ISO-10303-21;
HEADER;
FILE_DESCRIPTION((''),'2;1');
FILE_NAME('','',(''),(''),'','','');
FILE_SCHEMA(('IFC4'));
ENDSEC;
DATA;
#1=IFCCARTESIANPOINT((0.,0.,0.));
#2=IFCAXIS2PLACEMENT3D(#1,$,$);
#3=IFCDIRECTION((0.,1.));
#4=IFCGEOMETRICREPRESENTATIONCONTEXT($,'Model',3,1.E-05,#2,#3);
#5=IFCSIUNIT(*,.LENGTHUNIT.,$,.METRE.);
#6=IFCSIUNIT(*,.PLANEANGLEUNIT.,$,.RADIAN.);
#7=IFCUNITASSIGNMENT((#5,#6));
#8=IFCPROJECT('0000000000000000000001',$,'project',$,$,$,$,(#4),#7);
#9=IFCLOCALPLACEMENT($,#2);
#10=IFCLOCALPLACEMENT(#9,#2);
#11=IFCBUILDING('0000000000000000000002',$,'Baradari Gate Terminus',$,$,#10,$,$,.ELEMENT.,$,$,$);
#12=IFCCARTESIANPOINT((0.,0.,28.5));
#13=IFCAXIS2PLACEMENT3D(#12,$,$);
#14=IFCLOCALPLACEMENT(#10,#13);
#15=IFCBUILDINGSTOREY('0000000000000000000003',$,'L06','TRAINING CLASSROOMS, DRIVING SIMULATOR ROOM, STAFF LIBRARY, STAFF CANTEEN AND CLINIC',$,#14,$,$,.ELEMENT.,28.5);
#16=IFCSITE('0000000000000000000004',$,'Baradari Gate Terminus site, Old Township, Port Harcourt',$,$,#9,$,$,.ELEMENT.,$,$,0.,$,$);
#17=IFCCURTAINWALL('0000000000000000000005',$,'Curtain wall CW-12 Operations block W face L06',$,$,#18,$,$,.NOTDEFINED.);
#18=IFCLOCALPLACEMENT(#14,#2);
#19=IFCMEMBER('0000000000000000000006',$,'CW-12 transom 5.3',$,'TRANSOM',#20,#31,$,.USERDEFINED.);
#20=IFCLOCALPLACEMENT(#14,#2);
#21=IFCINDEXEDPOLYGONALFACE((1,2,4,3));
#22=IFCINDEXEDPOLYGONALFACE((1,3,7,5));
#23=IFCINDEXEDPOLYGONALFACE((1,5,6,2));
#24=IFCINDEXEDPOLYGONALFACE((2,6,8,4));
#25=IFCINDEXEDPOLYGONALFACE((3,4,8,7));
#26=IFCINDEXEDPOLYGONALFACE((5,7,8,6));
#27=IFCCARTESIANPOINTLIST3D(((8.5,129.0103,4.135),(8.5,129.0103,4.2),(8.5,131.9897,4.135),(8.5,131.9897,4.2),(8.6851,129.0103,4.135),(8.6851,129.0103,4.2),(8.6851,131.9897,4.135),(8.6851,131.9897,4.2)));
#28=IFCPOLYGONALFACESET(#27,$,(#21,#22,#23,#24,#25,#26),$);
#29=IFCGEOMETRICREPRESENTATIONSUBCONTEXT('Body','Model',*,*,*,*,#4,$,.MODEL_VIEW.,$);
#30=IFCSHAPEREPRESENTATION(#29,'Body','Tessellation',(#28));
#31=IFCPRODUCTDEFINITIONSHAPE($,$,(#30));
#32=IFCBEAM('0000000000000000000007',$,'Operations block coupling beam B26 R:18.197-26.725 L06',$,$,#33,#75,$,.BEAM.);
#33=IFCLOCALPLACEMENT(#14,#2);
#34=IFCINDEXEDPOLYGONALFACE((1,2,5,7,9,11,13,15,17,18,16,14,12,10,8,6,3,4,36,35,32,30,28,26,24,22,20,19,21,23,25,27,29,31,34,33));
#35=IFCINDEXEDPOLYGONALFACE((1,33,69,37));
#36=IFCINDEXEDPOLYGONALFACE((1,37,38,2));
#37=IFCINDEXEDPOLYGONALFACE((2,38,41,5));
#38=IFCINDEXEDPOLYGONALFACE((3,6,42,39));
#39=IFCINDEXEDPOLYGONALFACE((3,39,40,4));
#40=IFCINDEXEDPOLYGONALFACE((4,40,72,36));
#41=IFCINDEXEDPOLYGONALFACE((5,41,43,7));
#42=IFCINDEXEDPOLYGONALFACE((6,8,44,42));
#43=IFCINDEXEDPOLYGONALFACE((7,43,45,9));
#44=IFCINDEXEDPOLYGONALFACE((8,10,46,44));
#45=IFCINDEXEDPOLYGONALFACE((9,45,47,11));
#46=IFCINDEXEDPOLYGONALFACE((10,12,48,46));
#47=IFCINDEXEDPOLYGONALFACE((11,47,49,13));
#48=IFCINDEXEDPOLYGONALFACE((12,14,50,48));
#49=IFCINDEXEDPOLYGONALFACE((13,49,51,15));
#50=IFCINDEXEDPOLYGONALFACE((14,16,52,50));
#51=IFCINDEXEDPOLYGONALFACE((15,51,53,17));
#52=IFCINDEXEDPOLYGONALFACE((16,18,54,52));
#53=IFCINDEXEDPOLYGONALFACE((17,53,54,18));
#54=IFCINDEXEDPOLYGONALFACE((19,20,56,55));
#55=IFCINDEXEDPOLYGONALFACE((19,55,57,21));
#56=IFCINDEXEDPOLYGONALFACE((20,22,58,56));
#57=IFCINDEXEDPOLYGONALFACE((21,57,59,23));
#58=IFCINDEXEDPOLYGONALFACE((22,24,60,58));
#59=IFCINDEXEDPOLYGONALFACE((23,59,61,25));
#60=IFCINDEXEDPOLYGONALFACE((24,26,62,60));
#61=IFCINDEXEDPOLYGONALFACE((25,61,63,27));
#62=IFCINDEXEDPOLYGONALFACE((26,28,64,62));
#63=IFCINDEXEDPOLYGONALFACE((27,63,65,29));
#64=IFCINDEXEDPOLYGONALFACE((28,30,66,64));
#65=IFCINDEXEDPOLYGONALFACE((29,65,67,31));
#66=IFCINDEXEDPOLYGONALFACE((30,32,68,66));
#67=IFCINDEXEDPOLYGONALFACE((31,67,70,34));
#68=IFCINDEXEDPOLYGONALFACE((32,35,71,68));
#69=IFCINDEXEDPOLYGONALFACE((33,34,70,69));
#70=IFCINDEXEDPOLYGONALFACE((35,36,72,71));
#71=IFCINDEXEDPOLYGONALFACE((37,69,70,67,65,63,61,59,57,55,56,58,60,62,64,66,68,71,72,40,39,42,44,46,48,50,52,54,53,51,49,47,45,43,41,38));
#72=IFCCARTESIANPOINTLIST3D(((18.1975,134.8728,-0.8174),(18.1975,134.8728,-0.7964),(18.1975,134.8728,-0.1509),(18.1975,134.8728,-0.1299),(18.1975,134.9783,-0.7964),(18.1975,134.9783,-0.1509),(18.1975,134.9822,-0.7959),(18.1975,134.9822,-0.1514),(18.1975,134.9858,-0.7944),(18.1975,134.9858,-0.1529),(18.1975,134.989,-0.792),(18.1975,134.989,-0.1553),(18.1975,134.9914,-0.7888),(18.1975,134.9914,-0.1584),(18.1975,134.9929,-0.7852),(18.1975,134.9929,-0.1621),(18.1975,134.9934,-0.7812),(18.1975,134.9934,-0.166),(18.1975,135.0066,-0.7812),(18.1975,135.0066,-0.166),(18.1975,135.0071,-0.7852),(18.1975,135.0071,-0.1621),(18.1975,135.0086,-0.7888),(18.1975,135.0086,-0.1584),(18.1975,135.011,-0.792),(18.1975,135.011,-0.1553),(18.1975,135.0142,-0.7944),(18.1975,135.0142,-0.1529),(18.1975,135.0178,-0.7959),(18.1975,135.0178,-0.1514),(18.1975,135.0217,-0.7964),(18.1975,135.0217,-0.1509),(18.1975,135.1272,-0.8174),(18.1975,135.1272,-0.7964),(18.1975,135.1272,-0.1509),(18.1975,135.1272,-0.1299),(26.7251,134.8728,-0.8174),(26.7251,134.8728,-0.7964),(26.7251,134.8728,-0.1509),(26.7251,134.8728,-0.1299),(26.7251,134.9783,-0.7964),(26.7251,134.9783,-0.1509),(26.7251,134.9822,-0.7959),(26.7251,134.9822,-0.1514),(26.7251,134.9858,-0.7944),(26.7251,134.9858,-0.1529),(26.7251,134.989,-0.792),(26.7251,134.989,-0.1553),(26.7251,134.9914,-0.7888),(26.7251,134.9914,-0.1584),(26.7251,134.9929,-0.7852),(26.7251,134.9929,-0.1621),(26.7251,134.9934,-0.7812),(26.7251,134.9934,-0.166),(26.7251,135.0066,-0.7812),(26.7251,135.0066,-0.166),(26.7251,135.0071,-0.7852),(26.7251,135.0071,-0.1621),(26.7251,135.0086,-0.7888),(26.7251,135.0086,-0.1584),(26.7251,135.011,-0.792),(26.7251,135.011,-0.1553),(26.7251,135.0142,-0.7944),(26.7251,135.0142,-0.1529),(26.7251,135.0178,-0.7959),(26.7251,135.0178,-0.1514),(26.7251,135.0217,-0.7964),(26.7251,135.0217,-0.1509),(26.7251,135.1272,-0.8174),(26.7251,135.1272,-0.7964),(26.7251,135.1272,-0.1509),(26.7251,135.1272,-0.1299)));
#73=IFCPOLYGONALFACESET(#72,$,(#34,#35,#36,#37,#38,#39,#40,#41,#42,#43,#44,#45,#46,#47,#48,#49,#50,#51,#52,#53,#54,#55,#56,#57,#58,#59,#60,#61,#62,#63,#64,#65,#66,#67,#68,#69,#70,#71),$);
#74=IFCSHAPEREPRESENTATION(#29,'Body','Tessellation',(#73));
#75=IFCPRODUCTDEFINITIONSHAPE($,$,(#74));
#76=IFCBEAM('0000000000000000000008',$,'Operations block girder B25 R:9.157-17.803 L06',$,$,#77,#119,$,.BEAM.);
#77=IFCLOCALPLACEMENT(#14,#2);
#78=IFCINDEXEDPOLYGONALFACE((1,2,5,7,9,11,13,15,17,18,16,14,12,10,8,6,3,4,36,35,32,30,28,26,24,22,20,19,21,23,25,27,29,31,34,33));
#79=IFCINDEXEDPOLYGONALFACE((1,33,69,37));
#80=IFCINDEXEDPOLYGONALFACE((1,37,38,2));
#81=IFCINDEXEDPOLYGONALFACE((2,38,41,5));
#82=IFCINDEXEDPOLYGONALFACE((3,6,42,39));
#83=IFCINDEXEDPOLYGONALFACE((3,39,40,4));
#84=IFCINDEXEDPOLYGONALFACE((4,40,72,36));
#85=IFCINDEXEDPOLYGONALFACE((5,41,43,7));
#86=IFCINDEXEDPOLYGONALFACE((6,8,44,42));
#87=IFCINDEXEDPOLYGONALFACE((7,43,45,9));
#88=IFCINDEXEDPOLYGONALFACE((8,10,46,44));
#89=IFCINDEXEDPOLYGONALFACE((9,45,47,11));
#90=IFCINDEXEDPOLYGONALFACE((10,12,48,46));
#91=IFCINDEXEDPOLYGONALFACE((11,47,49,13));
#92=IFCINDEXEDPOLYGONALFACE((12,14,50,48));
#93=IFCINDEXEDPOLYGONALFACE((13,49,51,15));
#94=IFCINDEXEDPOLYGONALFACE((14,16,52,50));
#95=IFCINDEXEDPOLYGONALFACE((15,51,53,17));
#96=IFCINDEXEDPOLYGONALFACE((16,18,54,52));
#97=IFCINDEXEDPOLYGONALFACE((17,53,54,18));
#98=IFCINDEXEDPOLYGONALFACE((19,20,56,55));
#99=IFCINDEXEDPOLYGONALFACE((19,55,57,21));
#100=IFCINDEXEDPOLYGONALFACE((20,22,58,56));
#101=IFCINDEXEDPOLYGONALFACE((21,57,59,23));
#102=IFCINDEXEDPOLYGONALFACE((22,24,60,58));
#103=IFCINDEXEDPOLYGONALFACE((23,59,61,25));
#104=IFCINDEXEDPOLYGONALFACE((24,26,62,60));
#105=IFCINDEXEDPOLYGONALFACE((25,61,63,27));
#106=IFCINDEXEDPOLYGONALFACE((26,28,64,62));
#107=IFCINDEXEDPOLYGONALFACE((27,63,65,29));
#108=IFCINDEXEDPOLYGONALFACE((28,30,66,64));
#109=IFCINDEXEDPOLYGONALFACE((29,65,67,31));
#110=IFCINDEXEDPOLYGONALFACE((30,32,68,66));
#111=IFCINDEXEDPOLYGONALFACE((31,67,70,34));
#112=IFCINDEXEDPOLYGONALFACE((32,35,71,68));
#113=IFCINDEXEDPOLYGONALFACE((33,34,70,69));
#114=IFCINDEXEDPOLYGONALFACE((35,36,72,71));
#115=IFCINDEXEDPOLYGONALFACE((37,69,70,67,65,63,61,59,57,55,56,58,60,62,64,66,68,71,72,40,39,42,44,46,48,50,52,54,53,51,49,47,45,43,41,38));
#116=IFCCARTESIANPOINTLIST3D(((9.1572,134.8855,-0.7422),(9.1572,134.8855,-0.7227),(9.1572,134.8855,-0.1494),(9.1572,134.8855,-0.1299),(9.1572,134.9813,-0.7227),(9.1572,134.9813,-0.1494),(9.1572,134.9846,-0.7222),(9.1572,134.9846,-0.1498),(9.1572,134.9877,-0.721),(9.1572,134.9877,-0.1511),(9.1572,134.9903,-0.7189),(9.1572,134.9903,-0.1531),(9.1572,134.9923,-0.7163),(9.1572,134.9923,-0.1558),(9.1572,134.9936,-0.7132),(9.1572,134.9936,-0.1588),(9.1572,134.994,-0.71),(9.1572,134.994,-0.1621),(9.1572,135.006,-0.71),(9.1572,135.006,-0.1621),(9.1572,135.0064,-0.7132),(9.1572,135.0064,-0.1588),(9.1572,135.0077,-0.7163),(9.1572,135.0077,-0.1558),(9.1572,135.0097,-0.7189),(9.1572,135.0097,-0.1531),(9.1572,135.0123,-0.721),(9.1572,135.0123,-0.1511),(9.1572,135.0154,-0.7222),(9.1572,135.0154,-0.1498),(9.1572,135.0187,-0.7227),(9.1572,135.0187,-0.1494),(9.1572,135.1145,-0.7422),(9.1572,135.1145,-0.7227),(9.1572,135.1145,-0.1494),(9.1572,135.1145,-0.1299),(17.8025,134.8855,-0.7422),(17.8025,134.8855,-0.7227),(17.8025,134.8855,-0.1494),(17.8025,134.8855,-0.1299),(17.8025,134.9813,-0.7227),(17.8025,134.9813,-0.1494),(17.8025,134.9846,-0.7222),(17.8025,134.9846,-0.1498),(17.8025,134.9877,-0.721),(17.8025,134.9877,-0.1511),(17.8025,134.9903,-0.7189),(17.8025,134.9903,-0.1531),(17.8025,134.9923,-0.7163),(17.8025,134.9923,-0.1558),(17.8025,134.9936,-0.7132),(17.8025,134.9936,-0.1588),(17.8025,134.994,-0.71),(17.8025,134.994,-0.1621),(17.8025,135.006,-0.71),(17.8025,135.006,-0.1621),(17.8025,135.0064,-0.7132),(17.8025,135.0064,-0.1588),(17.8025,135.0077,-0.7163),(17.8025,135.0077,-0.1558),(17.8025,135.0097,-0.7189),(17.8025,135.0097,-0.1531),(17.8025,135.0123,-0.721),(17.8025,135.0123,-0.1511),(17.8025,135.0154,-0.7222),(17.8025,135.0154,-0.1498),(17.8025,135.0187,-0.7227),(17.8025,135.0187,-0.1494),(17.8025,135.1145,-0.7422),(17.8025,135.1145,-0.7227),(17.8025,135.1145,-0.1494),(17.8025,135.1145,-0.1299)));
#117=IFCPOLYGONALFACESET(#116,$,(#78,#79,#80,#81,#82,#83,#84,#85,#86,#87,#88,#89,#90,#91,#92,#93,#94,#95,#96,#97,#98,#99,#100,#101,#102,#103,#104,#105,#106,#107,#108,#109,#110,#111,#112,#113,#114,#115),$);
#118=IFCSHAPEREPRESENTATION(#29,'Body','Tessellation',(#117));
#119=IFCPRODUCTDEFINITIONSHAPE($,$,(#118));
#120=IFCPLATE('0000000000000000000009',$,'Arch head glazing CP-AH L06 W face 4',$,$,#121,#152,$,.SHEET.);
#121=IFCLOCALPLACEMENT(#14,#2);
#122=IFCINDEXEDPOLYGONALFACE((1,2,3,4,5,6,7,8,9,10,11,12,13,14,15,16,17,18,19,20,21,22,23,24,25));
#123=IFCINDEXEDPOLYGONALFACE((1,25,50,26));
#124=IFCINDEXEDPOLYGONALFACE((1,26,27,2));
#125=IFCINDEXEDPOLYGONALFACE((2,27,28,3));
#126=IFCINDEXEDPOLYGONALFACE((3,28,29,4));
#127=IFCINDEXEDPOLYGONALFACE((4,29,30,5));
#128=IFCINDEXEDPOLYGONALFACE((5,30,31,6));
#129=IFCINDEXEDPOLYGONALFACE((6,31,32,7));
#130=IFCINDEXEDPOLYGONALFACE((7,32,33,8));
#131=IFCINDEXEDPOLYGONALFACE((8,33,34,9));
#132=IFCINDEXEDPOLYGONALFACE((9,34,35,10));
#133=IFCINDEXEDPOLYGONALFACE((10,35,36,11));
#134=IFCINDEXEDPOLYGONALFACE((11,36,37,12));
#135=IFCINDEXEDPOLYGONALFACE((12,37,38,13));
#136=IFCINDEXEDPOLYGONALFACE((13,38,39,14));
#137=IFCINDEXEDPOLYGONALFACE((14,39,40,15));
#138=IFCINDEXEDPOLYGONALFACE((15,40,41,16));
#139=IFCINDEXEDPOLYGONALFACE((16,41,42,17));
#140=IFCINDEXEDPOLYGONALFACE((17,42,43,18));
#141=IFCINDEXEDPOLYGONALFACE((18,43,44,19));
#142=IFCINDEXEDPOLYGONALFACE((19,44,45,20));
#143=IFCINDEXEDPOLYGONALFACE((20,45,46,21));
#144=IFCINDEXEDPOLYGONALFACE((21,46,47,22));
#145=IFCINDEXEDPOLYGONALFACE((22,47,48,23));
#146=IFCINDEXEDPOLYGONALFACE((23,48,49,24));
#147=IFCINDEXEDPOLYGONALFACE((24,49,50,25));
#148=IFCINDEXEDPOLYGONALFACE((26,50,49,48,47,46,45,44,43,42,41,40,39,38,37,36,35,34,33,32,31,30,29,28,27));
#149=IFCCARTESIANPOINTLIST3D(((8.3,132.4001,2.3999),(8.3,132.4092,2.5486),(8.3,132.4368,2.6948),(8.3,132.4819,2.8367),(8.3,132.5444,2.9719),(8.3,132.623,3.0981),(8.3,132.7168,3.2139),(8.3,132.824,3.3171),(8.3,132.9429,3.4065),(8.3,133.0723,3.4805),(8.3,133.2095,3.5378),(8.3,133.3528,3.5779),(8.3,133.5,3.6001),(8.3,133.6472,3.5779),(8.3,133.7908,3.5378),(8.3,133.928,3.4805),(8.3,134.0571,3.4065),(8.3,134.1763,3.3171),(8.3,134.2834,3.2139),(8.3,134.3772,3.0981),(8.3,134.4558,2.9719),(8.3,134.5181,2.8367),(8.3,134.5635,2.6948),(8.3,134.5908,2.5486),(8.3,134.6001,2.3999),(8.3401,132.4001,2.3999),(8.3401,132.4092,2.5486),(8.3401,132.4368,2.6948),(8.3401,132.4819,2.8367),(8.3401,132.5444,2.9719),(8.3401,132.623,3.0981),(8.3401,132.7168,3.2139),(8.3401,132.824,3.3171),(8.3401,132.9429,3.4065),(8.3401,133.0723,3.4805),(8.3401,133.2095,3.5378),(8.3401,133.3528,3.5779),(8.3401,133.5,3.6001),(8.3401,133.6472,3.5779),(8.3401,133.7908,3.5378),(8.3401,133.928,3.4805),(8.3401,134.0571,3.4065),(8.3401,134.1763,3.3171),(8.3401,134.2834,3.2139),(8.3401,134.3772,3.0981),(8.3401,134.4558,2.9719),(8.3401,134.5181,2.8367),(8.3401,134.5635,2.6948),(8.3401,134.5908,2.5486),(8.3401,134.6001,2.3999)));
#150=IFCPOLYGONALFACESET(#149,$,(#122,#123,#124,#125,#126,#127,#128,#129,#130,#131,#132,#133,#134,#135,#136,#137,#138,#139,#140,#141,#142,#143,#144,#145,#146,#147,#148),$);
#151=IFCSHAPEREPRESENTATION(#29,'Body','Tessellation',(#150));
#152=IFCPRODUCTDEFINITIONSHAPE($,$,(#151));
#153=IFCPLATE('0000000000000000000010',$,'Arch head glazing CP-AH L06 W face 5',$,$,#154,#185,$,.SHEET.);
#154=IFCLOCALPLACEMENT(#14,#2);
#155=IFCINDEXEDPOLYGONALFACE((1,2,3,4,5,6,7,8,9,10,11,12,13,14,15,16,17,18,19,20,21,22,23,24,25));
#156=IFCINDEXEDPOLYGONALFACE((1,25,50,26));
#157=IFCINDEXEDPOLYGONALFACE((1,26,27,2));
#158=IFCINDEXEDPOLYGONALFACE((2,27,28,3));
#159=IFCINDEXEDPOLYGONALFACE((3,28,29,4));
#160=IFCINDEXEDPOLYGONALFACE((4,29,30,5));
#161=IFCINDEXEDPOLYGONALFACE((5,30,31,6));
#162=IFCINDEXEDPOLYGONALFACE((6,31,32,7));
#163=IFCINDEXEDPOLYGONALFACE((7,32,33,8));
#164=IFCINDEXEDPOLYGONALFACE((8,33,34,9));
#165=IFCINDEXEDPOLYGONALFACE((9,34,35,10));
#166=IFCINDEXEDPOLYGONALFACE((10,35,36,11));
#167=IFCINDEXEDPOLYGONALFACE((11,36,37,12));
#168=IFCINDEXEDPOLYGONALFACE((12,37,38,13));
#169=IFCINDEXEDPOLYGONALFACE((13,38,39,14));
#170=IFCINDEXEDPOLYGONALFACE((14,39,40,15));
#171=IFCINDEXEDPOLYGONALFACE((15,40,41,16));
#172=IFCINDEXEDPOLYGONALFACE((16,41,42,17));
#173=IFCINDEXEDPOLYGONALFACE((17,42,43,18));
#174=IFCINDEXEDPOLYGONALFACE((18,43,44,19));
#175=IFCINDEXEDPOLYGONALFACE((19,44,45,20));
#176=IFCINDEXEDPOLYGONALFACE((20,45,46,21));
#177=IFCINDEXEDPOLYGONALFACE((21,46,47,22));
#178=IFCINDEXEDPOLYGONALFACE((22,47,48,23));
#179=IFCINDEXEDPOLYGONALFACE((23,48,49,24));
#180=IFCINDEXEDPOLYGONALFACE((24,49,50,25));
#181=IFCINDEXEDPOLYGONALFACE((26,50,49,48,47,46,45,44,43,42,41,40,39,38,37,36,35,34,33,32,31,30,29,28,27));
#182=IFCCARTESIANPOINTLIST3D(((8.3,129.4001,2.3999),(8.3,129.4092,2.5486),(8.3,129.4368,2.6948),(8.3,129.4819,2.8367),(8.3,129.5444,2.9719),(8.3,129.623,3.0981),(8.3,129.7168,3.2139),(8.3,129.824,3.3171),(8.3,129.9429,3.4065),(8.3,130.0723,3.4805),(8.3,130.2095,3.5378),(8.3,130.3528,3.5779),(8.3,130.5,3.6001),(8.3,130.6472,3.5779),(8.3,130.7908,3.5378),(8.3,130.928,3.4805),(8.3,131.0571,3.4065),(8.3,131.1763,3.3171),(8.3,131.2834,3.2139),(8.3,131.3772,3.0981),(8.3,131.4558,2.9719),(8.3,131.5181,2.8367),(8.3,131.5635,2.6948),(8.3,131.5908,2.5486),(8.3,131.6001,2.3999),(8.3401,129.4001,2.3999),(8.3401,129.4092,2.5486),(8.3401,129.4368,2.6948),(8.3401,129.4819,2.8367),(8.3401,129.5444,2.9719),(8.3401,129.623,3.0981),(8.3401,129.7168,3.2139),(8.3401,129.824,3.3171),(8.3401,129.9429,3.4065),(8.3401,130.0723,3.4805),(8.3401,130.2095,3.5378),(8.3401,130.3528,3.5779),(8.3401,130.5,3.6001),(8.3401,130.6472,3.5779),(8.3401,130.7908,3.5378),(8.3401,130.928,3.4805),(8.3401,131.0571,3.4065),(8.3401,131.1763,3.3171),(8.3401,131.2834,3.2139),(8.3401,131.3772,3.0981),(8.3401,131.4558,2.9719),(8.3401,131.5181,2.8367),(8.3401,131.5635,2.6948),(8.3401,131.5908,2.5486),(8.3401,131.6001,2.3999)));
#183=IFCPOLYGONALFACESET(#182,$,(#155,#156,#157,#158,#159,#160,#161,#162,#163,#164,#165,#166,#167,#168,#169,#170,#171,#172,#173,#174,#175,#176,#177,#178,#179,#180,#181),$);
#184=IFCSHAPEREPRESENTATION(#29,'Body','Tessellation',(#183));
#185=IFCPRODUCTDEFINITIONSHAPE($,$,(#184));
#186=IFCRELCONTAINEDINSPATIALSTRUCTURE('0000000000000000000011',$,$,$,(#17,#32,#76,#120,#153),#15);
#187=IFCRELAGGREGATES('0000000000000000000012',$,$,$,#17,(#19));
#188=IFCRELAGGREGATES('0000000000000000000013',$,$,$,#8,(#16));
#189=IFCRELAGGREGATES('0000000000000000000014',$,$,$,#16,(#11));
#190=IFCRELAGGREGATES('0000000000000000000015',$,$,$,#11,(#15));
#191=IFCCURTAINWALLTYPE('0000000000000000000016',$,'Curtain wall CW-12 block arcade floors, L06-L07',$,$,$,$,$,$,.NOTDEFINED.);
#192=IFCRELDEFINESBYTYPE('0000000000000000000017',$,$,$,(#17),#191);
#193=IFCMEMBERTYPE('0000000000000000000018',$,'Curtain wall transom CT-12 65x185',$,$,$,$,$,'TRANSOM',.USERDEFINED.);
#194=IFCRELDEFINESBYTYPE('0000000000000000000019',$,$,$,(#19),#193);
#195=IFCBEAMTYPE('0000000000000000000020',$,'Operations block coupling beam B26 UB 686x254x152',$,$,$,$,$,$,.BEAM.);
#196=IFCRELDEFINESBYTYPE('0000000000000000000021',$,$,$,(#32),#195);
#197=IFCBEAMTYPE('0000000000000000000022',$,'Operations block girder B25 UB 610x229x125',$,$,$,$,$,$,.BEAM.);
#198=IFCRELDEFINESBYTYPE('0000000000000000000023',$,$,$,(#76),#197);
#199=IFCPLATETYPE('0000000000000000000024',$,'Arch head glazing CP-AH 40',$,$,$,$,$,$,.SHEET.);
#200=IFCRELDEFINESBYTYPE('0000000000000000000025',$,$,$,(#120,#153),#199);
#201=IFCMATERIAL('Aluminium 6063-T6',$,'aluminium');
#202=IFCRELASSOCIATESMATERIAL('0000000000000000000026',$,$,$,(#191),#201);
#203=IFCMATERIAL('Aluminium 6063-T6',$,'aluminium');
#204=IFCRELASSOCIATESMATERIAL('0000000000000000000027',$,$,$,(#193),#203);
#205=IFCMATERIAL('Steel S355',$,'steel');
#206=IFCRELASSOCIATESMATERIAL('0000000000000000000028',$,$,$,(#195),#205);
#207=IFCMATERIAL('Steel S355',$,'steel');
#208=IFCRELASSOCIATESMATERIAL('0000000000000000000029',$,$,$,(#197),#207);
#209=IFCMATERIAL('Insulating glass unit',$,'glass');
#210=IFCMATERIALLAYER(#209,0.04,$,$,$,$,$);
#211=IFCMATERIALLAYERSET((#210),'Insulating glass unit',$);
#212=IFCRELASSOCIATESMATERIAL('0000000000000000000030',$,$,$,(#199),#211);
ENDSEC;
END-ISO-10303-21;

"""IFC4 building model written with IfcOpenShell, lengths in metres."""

from ifc_helpers import new_model, si_unit, direction, frame, origin, origin_2d, place, context, subcontext, project, spatial, polyline, rectangle, i_section, outline, extrude, material, layer, layer_set, material_profile, profile_set, type_object, element, aggregate, save


model = new_model("IFC4")

# Units and contexts
model_context = context("Model", 3, precision=1e-05, world=origin(), true_north=direction((0.0, 1.0)))
body_context = subcontext(model_context, "Body", "Model", "MODEL_VIEW")
ifc_project = project(units=[si_unit("LENGTHUNIT", "METRE"), si_unit("PLANEANGLEUNIT", "RADIAN")], contexts=[model_context])

# Site, building, storey
site_placement = place(None, origin())
site = spatial("IfcSite", under=ifc_project, at=site_placement, Name="Baradari Gate Terminus site, Old Township, Port Harcourt", CompositionType="ELEMENT", RefElevation=0.0)
building_placement = place(site_placement, origin())
building = spatial("IfcBuilding", under=site, at=building_placement, Name="Baradari Gate Terminus", CompositionType="ELEMENT")
storey_placement = place(building_placement, frame((0.0, 0.0, 28.5)))
storey = spatial("IfcBuildingStorey", under=building, at=storey_placement, Name="L06", Description="TRAINING CLASSROOMS, DRIVING SIMULATOR ROOM, STAFF LIBRARY, STAFF CANTEEN AND CLINIC", CompositionType="ELEMENT", Elevation=28.5)

# Curtain wall, member
ifc_material_1 = material(Name="Aluminium 6063-T6", Category="aluminium")
curtain_wall_type = type_object("IfcCurtainWallType", Name="Curtain wall CW-12 block arcade floors, L06-L07", PredefinedType="NOTDEFINED", material=ifc_material_1)
curtain_wall_placement = place(storey_placement, origin())
curtain_wall = element("IfcCurtainWall", 1, at=curtain_wall_placement, inside=storey, type_object=curtain_wall_type, Name="Curtain wall CW-12 Operations block W face L06", PredefinedType="NOTDEFINED")
ifc_material_2 = material(Name="Aluminium 6063-T6", Category="aluminium")
ifc_material_profile_1 = material_profile(ifc_material_2, rectangle(XDim=0.1851, YDim=0.0649, at=origin_2d()), Name="CT-12 65X185")
ifc_profile_set_1 = profile_set([ifc_material_profile_1], Name="Aluminium 6063-T6")
member_type_1 = type_object("IfcMemberType", Name="Curtain wall transom CT-12 65x185", ElementType="TRANSOM", PredefinedType="USERDEFINED", material=ifc_profile_set_1)
member_1_placement = place(storey_placement, frame((8.5925, 131.9897, 4.1675), z_axis=(0.0, -1.0, 0.0), x_axis=(1.0, 0.0, 0.0)))
member_1 = element("IfcMember", 2, at=member_1_placement, type_object=member_type_1, Name="CW-12 transom 5.3", ObjectType="TRANSOM", PredefinedType="USERDEFINED", context=body_context, shape_type="SweptSolid", body=[
    extrude(rectangle(XDim=0.1851, YDim=0.0649, at=origin_2d()), origin(), (0.0, 0.0, 1.0), 2.9795),
])

# Beams
ifc_material_3 = material(Name="Steel S355", Category="steel")
ifc_material_profile_2 = material_profile(ifc_material_3, i_section(OverallWidth=0.2544, OverallDepth=0.6875, WebThickness=0.0132, FlangeThickness=0.021, FilletRadius=0.0151, at=origin_2d()), Name="UB 686x254x152")
ifc_profile_set_2 = profile_set([ifc_material_profile_2], Name="Steel S355")
beam_type_1 = type_object("IfcBeamType", Name="Operations block coupling beam B26 UB 686x254x152", PredefinedType="BEAM", material=ifc_profile_set_2)
beam_1_placement = place(storey_placement, frame((18.1975, 135.0, -0.4736), z_axis=(1.0, 0.0, 0.0), x_axis=(0.0, 1.0, 0.0)))
element("IfcBeam", 3, at=beam_1_placement, inside=storey, type_object=beam_type_1, Name="Operations block coupling beam B26 R:18.197-26.725 L06", PredefinedType="BEAM", context=body_context, shape_type="SweptSolid", body=[
    extrude(i_section(OverallWidth=0.2544, OverallDepth=0.6875, WebThickness=0.0132, FlangeThickness=0.021, FilletRadius=0.0151, at=origin_2d()), origin(), (0.0, 0.0, 1.0), 8.5276),
])
ifc_material_4 = material(Name="Steel S355", Category="steel")
ifc_material_profile_3 = material_profile(ifc_material_4, i_section(OverallWidth=0.229, OverallDepth=0.6123, WebThickness=0.012, FlangeThickness=0.0195, FilletRadius=0.0127, at=origin_2d()), Name="UB 610x229x125")
ifc_profile_set_3 = profile_set([ifc_material_profile_3], Name="Steel S355")
beam_type_2 = type_object("IfcBeamType", Name="Operations block girder B25 UB 610x229x125", PredefinedType="BEAM", material=ifc_profile_set_3)
beam_2_placement = place(storey_placement, frame((9.1572, 135.0, -0.436), z_axis=(1.0, 0.0, 0.0), x_axis=(0.0, 1.0, 0.0)))
element("IfcBeam", 4, at=beam_2_placement, inside=storey, type_object=beam_type_2, Name="Operations block girder B25 R:9.157-17.803 L06", PredefinedType="BEAM", context=body_context, shape_type="SweptSolid", body=[
    extrude(i_section(OverallWidth=0.229, OverallDepth=0.6123, WebThickness=0.012, FlangeThickness=0.0195, FilletRadius=0.0127, at=origin_2d()), origin(), (0.0, 0.0, 1.0), 8.6453),
])

# Plates
ifc_material_5 = material(Name="Insulating glass unit", Category="glass")
ifc_layer_1 = layer(ifc_material_5, 0.04)
ifc_layer_set_1 = layer_set([ifc_layer_1], Name="Insulating glass unit")
plate_type_1 = type_object("IfcPlateType", Name="Arch head glazing CP-AH 40", PredefinedType="SHEET", material=ifc_layer_set_1)
for number, where, z_axis, x_axis, name in (
    (5, (8.3201, 134.6001, 2.3999), (0.0, 0.0, 1.0), (0.0, -1.0, 0.0), "Arch head glazing CP-AH L06 W face 4"),
    (6, (8.3201, 131.6001, 2.3999), (0.0, 0.0, 1.0), (0.0, -1.0, 0.0), "Arch head glazing CP-AH L06 W face 5"),
):
    element("IfcPlate", number, at=place(storey_placement, frame(where, z_axis=z_axis, x_axis=x_axis)), inside=storey, type_object=plate_type_1, Name=name, PredefinedType="SHEET", context=body_context, shape_type="SweptSolid", body=[
        extrude(outline(polyline([(0.0, 0.0), (2.2, 0.0), (2.1909, 0.1487), (2.1633, 0.2949), (2.1182, 0.4368), (2.0557, 0.572), (1.9771, 0.6982), (1.8833, 0.814), (1.7761, 0.9172), (1.6572, 1.0066), (1.5278, 1.0806), (1.3906, 1.1379), (1.2473, 1.178), (1.1001, 1.2002), (0.9529, 1.178), (0.8093, 1.1379), (0.6721, 1.0806), (0.543, 1.0066), (0.4238, 0.9172), (0.3167, 0.814), (0.2229, 0.6982), (0.1443, 0.572), (0.082, 0.4368), (0.0366, 0.2949), (0.0093, 0.1487), (0.0, 0.0)])), frame((0.0, 0.02, 0.0), z_axis=(0.0, -1.0, 0.0), x_axis=(1.0, 0.0, 0.0)), (0.0, 0.0, 1.0), 0.04),
    ])

aggregate(curtain_wall, [member_1])

save(model, "model.ifc")
